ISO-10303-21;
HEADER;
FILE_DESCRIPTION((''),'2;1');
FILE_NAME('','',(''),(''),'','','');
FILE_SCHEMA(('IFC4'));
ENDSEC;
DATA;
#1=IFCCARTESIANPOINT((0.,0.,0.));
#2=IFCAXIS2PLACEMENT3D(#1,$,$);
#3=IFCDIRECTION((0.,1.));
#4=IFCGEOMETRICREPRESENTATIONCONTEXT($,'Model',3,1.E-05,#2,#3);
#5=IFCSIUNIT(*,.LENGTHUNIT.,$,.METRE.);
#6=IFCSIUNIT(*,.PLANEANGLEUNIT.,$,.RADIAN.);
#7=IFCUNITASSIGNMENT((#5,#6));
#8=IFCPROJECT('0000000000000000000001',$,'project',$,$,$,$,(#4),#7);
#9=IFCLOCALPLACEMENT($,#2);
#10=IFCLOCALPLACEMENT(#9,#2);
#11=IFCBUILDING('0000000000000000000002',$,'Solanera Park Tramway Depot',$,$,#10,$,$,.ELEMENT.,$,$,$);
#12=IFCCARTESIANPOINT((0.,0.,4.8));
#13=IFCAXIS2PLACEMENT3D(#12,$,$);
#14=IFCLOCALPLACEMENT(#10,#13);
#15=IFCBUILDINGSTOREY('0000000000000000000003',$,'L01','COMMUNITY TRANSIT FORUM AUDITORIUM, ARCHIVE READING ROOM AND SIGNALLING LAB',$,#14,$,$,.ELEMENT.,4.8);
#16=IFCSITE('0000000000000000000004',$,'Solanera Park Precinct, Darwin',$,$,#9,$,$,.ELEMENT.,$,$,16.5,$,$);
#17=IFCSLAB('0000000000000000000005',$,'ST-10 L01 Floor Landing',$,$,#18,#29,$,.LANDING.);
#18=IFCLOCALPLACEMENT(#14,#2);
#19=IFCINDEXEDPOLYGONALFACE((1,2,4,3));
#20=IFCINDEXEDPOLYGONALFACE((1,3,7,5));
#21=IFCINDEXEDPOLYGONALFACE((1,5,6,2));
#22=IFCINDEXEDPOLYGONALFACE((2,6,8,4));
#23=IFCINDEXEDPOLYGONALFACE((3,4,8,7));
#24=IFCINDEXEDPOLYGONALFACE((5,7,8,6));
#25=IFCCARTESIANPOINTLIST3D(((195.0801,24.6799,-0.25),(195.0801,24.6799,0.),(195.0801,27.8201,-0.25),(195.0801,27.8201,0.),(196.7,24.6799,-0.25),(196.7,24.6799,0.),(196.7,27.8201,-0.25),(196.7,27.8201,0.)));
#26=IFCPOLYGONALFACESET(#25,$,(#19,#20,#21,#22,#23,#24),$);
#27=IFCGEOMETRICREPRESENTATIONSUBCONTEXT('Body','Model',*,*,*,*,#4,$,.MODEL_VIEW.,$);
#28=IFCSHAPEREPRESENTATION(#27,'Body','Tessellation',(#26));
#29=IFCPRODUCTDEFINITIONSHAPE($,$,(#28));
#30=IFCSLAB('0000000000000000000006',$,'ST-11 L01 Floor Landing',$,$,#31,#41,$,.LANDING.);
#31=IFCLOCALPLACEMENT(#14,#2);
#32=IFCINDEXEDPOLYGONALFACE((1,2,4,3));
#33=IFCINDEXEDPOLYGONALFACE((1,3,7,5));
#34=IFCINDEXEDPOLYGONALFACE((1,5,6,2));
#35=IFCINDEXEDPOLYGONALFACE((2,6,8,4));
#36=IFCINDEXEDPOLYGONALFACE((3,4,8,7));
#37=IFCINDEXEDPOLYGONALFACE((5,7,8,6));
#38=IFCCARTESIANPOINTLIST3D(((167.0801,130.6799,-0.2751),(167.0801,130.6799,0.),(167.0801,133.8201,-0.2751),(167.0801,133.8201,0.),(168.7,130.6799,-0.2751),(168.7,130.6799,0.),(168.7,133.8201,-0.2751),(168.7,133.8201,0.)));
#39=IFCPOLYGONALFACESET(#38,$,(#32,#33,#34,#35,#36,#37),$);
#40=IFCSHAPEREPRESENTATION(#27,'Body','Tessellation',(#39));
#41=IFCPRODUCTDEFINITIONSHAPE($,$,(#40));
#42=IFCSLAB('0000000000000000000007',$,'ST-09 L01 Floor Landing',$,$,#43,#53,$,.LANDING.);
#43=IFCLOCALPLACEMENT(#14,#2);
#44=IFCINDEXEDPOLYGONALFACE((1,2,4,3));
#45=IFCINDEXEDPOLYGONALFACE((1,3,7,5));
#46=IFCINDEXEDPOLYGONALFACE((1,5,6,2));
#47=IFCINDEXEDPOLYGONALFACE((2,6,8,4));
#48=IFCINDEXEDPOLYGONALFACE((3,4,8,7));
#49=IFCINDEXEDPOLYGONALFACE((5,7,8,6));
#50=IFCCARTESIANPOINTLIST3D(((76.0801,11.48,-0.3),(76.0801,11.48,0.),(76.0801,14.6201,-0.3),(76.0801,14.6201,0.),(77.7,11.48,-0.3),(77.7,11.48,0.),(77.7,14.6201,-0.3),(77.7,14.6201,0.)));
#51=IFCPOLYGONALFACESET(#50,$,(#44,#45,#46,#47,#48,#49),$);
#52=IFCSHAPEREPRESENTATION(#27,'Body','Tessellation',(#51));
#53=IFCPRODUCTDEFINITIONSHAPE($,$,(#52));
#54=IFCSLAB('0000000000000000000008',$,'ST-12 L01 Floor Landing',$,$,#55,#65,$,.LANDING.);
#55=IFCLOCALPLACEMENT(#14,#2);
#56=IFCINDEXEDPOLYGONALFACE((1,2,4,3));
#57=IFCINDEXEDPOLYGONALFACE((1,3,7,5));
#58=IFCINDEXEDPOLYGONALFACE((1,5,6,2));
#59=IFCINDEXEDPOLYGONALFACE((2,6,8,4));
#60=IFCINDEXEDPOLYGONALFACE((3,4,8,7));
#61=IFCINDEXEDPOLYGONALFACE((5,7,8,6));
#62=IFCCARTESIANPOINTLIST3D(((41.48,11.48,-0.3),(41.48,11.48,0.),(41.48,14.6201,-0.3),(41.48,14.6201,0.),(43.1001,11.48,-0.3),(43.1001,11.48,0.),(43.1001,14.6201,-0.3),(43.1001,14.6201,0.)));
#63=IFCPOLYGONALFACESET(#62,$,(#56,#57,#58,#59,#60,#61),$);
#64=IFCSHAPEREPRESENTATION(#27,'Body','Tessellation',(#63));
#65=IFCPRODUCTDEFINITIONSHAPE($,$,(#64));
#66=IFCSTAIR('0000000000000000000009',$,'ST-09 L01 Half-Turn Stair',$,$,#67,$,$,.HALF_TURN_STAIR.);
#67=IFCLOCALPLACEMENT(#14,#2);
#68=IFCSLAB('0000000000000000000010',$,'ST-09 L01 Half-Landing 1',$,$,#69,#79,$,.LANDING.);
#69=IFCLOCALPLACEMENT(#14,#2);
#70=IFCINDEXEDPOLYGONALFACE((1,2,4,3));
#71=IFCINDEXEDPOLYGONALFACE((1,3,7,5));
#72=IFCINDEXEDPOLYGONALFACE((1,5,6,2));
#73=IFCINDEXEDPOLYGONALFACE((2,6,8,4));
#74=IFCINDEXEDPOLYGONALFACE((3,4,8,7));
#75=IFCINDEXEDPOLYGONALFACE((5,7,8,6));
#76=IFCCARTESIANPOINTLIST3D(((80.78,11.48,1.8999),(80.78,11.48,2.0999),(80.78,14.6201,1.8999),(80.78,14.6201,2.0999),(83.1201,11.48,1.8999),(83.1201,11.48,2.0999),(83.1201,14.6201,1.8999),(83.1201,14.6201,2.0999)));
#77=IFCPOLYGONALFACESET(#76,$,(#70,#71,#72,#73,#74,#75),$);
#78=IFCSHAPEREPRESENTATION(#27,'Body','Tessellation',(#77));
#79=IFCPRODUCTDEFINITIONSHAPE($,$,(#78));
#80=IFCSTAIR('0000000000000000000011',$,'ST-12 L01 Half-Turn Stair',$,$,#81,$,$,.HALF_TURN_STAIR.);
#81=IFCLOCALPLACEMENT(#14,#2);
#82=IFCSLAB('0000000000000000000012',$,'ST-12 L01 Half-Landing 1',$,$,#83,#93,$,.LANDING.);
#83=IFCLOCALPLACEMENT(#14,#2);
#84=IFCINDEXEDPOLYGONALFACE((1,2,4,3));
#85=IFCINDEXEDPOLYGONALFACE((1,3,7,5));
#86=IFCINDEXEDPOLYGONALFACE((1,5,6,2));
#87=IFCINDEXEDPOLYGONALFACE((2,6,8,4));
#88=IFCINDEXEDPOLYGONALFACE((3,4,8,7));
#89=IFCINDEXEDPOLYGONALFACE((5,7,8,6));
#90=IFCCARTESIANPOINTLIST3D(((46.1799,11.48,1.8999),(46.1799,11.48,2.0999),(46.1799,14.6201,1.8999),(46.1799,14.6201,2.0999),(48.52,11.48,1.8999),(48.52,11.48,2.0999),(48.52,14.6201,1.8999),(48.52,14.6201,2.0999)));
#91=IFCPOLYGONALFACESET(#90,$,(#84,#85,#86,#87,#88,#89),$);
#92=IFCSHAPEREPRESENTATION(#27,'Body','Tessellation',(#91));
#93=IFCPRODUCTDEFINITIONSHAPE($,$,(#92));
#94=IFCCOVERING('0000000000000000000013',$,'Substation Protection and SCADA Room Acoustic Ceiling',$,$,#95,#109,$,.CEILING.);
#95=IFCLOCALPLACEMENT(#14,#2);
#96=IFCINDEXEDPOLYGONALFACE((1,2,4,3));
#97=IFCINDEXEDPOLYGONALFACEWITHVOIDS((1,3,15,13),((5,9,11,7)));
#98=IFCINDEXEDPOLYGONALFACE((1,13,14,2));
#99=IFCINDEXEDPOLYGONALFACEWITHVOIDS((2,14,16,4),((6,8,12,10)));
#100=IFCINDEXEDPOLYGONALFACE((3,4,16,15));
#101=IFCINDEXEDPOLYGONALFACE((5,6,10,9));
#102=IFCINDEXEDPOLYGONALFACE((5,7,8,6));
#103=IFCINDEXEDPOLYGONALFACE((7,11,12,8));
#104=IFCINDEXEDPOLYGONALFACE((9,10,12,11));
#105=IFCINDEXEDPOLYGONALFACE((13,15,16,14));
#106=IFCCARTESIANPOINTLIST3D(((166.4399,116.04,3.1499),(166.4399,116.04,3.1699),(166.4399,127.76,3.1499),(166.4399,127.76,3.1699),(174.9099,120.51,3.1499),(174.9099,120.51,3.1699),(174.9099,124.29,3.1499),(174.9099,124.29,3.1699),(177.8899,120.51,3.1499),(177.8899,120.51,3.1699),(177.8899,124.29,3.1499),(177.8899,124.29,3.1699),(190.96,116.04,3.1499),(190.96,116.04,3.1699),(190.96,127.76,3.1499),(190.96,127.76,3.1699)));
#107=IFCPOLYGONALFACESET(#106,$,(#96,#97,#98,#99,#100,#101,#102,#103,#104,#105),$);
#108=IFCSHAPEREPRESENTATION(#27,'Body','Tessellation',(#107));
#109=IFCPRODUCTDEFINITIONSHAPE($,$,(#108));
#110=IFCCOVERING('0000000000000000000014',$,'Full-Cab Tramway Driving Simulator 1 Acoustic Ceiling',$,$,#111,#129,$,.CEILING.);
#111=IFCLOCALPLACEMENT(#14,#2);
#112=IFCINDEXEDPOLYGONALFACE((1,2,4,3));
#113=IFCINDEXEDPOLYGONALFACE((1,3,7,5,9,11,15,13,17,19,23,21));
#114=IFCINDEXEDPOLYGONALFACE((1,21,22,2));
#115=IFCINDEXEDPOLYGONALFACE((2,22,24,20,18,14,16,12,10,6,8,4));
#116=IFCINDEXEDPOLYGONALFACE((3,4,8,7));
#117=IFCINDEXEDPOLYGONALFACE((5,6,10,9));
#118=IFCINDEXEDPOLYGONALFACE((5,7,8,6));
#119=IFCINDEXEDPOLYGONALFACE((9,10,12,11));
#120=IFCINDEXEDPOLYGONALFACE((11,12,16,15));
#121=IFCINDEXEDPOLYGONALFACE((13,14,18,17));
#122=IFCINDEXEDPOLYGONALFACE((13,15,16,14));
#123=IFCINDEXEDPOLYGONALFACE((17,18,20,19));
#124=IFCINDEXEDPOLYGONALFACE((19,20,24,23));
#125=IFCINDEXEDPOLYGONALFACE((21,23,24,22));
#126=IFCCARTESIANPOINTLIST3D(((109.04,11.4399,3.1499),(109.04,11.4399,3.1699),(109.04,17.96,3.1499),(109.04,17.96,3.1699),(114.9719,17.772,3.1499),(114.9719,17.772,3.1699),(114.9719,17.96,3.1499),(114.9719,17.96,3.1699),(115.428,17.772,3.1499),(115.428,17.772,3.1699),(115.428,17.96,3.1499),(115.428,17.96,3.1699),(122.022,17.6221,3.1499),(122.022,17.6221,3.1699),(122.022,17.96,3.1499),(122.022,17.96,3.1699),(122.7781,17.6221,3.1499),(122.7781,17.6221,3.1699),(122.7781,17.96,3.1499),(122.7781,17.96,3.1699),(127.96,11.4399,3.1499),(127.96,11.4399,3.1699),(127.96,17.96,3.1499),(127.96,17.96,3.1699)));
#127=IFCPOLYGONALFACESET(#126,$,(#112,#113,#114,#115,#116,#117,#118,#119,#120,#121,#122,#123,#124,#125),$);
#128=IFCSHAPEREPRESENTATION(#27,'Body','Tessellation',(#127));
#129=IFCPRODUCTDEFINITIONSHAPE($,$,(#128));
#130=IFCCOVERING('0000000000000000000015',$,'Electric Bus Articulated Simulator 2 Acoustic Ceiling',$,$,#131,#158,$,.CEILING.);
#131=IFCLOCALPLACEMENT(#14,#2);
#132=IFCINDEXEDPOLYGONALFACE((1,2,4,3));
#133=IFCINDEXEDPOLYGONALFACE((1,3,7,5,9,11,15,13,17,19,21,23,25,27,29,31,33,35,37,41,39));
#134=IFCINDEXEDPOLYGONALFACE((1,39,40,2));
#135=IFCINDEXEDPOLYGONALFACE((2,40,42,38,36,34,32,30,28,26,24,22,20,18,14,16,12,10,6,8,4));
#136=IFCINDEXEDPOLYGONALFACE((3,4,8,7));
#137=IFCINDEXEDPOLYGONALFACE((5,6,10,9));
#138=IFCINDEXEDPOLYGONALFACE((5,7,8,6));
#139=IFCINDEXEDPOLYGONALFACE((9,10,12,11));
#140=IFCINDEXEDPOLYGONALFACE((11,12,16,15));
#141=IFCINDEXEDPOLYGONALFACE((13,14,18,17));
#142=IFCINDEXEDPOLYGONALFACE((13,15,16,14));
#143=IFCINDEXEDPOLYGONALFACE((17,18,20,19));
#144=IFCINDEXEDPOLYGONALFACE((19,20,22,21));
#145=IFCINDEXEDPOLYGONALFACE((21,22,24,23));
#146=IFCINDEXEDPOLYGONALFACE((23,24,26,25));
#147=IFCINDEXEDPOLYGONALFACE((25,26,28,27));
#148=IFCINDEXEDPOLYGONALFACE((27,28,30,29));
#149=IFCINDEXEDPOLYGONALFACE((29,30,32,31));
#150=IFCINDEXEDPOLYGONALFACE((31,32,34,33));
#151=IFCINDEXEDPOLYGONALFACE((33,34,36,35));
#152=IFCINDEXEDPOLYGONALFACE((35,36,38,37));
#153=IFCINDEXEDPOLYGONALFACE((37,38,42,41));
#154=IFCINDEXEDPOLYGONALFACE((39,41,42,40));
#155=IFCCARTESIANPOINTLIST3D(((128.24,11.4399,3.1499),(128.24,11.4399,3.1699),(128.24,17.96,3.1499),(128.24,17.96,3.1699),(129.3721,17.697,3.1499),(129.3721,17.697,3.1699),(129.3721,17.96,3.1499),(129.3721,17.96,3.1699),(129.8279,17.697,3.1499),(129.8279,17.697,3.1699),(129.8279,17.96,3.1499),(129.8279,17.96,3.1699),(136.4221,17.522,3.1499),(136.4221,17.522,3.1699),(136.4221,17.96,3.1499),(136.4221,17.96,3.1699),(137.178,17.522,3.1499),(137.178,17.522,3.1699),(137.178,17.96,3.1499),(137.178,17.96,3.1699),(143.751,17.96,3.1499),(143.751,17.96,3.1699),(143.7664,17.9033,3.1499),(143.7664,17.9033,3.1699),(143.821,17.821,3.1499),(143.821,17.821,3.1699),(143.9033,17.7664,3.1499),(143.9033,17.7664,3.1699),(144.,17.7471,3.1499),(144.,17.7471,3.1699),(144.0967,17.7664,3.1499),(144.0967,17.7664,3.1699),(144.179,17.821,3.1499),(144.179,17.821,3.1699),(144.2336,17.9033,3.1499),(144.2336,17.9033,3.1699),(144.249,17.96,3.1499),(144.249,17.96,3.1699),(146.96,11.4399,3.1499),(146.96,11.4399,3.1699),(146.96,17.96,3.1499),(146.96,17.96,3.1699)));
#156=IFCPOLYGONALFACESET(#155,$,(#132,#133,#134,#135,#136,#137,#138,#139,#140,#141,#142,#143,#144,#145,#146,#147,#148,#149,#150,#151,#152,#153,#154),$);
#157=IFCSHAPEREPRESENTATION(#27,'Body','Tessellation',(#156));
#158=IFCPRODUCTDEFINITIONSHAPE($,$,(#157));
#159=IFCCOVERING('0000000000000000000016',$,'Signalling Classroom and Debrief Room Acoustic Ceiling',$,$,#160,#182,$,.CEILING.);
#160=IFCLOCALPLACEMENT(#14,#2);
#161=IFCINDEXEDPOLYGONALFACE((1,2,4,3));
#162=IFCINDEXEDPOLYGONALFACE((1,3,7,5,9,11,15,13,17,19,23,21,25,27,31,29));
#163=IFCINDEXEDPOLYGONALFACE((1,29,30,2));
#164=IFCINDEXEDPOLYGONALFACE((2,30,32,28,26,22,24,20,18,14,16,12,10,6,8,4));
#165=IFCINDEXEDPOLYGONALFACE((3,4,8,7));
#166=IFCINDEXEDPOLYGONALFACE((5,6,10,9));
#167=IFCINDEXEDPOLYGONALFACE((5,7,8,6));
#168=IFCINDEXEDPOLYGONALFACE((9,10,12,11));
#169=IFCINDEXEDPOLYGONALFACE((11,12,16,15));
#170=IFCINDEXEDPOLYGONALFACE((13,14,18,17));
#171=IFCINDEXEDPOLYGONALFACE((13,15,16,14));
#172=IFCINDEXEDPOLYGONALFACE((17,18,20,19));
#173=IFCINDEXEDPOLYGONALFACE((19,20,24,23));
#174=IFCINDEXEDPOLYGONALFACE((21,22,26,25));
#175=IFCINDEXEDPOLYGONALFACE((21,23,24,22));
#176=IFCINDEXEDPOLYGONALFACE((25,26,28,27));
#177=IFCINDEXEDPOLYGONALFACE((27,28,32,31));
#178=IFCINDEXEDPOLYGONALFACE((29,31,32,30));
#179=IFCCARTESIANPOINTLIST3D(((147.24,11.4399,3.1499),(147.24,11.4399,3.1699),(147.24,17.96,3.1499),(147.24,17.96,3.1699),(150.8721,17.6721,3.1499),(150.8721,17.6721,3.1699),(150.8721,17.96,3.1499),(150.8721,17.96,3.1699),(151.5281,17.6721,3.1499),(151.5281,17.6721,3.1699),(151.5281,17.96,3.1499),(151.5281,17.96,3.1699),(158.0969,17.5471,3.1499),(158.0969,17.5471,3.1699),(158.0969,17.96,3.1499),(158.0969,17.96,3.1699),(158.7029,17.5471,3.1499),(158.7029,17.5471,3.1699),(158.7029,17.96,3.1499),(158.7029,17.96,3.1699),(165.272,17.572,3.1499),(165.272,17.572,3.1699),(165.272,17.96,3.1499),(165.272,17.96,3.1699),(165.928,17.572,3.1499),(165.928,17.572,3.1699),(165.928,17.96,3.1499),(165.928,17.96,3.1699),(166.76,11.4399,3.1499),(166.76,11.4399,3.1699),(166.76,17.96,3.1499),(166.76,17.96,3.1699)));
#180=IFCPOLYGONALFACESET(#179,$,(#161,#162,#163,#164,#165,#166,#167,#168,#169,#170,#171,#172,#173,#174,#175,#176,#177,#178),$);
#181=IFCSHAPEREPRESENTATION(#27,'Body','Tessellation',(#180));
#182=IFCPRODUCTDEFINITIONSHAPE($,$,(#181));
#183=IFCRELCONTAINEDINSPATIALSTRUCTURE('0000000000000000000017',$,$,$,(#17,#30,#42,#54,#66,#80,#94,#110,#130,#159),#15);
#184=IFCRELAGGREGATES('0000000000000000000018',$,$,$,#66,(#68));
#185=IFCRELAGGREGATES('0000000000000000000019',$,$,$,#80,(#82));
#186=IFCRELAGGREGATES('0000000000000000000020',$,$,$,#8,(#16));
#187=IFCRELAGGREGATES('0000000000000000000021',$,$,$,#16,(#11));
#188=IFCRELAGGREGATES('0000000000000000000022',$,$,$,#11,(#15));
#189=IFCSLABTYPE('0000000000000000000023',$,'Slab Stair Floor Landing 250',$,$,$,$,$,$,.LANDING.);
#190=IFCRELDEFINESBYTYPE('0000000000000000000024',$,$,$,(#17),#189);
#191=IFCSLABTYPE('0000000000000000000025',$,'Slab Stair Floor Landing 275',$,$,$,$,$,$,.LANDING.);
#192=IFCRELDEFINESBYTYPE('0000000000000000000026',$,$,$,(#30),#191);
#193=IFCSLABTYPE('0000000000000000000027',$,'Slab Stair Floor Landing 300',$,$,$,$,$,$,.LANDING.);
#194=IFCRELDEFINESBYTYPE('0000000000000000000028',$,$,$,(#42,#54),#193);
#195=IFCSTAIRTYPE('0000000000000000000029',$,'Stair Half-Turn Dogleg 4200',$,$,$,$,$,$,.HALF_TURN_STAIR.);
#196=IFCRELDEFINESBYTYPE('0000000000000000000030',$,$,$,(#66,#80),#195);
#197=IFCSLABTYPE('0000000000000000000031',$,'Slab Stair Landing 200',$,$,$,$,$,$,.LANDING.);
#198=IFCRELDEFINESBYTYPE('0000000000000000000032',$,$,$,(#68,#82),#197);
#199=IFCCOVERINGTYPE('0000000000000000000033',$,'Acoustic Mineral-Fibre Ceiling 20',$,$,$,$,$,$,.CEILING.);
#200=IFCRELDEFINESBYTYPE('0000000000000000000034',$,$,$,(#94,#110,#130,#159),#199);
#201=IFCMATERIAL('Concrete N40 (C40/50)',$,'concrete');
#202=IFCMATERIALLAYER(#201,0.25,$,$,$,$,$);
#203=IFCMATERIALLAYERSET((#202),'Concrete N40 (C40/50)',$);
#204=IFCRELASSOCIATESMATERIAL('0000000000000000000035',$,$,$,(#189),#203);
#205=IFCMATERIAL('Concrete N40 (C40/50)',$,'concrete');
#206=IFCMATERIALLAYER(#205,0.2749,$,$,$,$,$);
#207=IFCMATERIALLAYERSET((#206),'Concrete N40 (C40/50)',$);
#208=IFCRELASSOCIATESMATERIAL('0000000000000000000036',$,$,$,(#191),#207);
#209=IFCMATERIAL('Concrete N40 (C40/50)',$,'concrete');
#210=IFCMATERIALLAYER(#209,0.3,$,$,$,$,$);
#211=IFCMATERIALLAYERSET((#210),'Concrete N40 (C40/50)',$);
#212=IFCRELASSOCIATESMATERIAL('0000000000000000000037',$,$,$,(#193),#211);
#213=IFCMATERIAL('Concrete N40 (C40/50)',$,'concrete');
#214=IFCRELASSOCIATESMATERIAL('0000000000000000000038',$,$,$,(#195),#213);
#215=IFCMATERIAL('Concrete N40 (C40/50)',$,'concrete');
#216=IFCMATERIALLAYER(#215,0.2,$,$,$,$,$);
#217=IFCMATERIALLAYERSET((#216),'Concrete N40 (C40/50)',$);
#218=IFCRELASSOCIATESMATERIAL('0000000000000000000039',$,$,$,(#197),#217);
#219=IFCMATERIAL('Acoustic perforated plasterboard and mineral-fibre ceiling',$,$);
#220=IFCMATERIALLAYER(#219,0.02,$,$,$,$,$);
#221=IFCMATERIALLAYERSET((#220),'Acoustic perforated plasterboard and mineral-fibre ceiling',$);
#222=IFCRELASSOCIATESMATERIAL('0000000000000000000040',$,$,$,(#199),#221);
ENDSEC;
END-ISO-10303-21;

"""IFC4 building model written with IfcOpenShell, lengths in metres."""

from ifc_helpers import new_model, si_unit, direction, frame, origin, place, context, subcontext, project, spatial, polyline, outline, extrude, material, layer, layer_set, type_object, element, aggregate, save


model = new_model("IFC4")

# Units and contexts
model_context = context("Model", 3, precision=1e-05, world=origin(), true_north=direction((0.0, 1.0)))
body_context = subcontext(model_context, "Body", "Model", "MODEL_VIEW")
ifc_project = project(units=[si_unit("LENGTHUNIT", "METRE"), si_unit("PLANEANGLEUNIT", "RADIAN")], contexts=[model_context])

# Site, building, storey
site_placement = place(None, origin())
site = spatial("IfcSite", under=ifc_project, at=site_placement, Name="Solanera Park Precinct, Darwin", CompositionType="ELEMENT", RefElevation=16.5)
building_placement = place(site_placement, origin())
building = spatial("IfcBuilding", under=site, at=building_placement, Name="Solanera Park Tramway Depot", CompositionType="ELEMENT")
storey_placement = place(building_placement, frame((0.0, 0.0, 4.8)))
storey = spatial("IfcBuildingStorey", under=building, at=storey_placement, Name="L01", Description="COMMUNITY TRANSIT FORUM AUDITORIUM, ARCHIVE READING ROOM AND SIGNALLING LAB", CompositionType="ELEMENT", Elevation=4.8)

# Slabs
ifc_material_1 = material(Name="Concrete N40 (C40/50)", Category="concrete")
ifc_layer_1 = layer(ifc_material_1, 0.25)
ifc_layer_set_1 = layer_set([ifc_layer_1], Name="Concrete N40 (C40/50)")
slab_type_1 = type_object("IfcSlabType", Name="Slab Stair Floor Landing 250", PredefinedType="LANDING", material=ifc_layer_set_1)
slab_1_placement = place(storey_placement, frame((0.0, 0.0, -0.25)))
element("IfcSlab", 1, at=slab_1_placement, inside=storey, type_object=slab_type_1, Name="ST-10 L01 Floor Landing", PredefinedType="LANDING", context=body_context, shape_type="SweptSolid", body=[
    extrude(outline(polyline([(195.0801, 24.6799), (196.7, 24.6799), (196.7, 27.8201), (195.0801, 27.8201), (195.0801, 24.6799)])), origin(), (0.0, 0.0, 1.0), 0.25),
])
ifc_material_2 = material(Name="Concrete N40 (C40/50)", Category="concrete")
ifc_layer_2 = layer(ifc_material_2, 0.2749)
ifc_layer_set_2 = layer_set([ifc_layer_2], Name="Concrete N40 (C40/50)")
slab_type_2 = type_object("IfcSlabType", Name="Slab Stair Floor Landing 275", PredefinedType="LANDING", material=ifc_layer_set_2)
slab_2_placement = place(storey_placement, frame((0.0, 0.0, -0.2751)))
element("IfcSlab", 2, at=slab_2_placement, inside=storey, type_object=slab_type_2, Name="ST-11 L01 Floor Landing", PredefinedType="LANDING", context=body_context, shape_type="SweptSolid", body=[
    extrude(outline(polyline([(167.0801, 130.6799), (168.7, 130.6799), (168.7, 133.8201), (167.0801, 133.8201), (167.0801, 130.6799)])), origin(), (0.0, 0.0, 1.0), 0.2751),
])
ifc_material_3 = material(Name="Concrete N40 (C40/50)", Category="concrete")
ifc_layer_3 = layer(ifc_material_3, 0.3)
ifc_layer_set_3 = layer_set([ifc_layer_3], Name="Concrete N40 (C40/50)")
slab_type_3 = type_object("IfcSlabType", Name="Slab Stair Floor Landing 300", PredefinedType="LANDING", material=ifc_layer_set_3)
slab_3_placement = place(storey_placement, frame((0.0, 0.0, -0.3)))
element("IfcSlab", 3, at=slab_3_placement, inside=storey, type_object=slab_type_3, Name="ST-09 L01 Floor Landing", PredefinedType="LANDING", context=body_context, shape_type="SweptSolid", body=[
    extrude(outline(polyline([(76.0801, 11.48), (77.7, 11.48), (77.7, 14.6201), (76.0801, 14.6201), (76.0801, 11.48)])), origin(), (0.0, 0.0, 1.0), 0.3),
])
slab_4_placement = place(storey_placement, frame((0.0, 0.0, -0.3)))
element("IfcSlab", 4, at=slab_4_placement, inside=storey, type_object=slab_type_3, Name="ST-12 L01 Floor Landing", PredefinedType="LANDING", context=body_context, shape_type="SweptSolid", body=[
    extrude(outline(polyline([(41.48, 11.48), (43.1001, 11.48), (43.1001, 14.6201), (41.48, 14.6201), (41.48, 11.48)])), origin(), (0.0, 0.0, 1.0), 0.3),
])

# Stairs, slabs
ifc_material_4 = material(Name="Concrete N40 (C40/50)", Category="concrete")
stair_type = type_object("IfcStairType", Name="Stair Half-Turn Dogleg 4200", PredefinedType="HALF_TURN_STAIR", material=ifc_material_4)
stair_1_placement = place(storey_placement, origin())
stair_1 = element("IfcStair", 5, at=stair_1_placement, inside=storey, type_object=stair_type, Name="ST-09 L01 Half-Turn Stair", PredefinedType="HALF_TURN_STAIR")
ifc_material_5 = material(Name="Concrete N40 (C40/50)", Category="concrete")
ifc_layer_4 = layer(ifc_material_5, 0.2)
ifc_layer_set_4 = layer_set([ifc_layer_4], Name="Concrete N40 (C40/50)")
slab_type_4 = type_object("IfcSlabType", Name="Slab Stair Landing 200", PredefinedType="LANDING", material=ifc_layer_set_4)
slab_5_placement = place(storey_placement, frame((0.0, 0.0, 1.8999)))
slab_5 = element("IfcSlab", 6, at=slab_5_placement, type_object=slab_type_4, Name="ST-09 L01 Half-Landing 1", PredefinedType="LANDING", context=body_context, shape_type="SweptSolid", body=[
    extrude(outline(polyline([(80.78, 11.48), (83.1201, 11.48), (83.1201, 14.6201), (80.78, 14.6201), (80.78, 11.48)])), origin(), (0.0, 0.0, 1.0), 0.2),
])
aggregate(stair_1, [slab_5])
stair_2_placement = place(storey_placement, origin())
stair_2 = element("IfcStair", 7, at=stair_2_placement, inside=storey, type_object=stair_type, Name="ST-12 L01 Half-Turn Stair", PredefinedType="HALF_TURN_STAIR")
slab_6_placement = place(storey_placement, frame((0.0, 0.0, 1.8999)))
slab_6 = element("IfcSlab", 8, at=slab_6_placement, type_object=slab_type_4, Name="ST-12 L01 Half-Landing 1", PredefinedType="LANDING", context=body_context, shape_type="SweptSolid", body=[
    extrude(outline(polyline([(46.1799, 11.48), (48.52, 11.48), (48.52, 14.6201), (46.1799, 14.6201), (46.1799, 11.48)])), origin(), (0.0, 0.0, 1.0), 0.2),
])
aggregate(stair_2, [slab_6])

# Coverings
ifc_material_6 = material(Name="Acoustic perforated plasterboard and mineral-fibre ceiling")
ifc_layer_5 = layer(ifc_material_6, 0.02)
ifc_layer_set_5 = layer_set([ifc_layer_5], Name="Acoustic perforated plasterboard and mineral-fibre ceiling")
covering_type_1 = type_object("IfcCoveringType", Name="Acoustic Mineral-Fibre Ceiling 20", PredefinedType="CEILING", material=ifc_layer_set_5)
covering_1_placement = place(storey_placement, frame((0.0, 0.0, 3.1499)))
element("IfcCovering", 9, at=covering_1_placement, inside=storey, type_object=covering_type_1, Name="Substation Protection and SCADA Room Acoustic Ceiling", PredefinedType="CEILING", context=body_context, shape_type="SweptSolid", body=[
    extrude(outline(polyline([(166.4399, 116.04), (166.4399, 127.76), (190.96, 127.76), (190.96, 116.04), (166.4399, 116.04)]), holes=[polyline([(177.8899, 124.29), (174.9099, 124.29), (174.9099, 120.51), (177.8899, 120.51), (177.8899, 124.29)])]), origin(), (0.0, 0.0, 1.0), 0.02),
])
covering_2_placement = place(storey_placement, frame((0.0, 0.0, 3.1499)))
element("IfcCovering", 10, at=covering_2_placement, inside=storey, type_object=covering_type_1, Name="Full-Cab Tramway Driving Simulator 1 Acoustic Ceiling", PredefinedType="CEILING", context=body_context, shape_type="SweptSolid", body=[
    extrude(outline(polyline([(109.04, 17.96), (114.9719, 17.96), (114.9719, 17.772), (115.428, 17.772), (115.428, 17.96), (122.022, 17.96), (122.022, 17.6221), (122.7781, 17.6221), (122.7781, 17.96), (127.96, 17.96), (127.96, 11.4399), (109.04, 11.4399), (109.04, 17.96)])), origin(), (0.0, 0.0, 1.0), 0.02),
])
covering_3_placement = place(storey_placement, frame((0.0, 0.0, 3.1499)))
element("IfcCovering", 11, at=covering_3_placement, inside=storey, type_object=covering_type_1, Name="Electric Bus Articulated Simulator 2 Acoustic Ceiling", PredefinedType="CEILING", context=body_context, shape_type="SweptSolid", body=[
    extrude(outline(polyline([(129.3721, 17.96), (129.3721, 17.697), (129.8279, 17.697), (129.8279, 17.96), (136.4221, 17.96), (136.4221, 17.522), (137.178, 17.522), (137.178, 17.96), (143.751, 17.96), (143.7664, 17.9033), (143.821, 17.821), (143.9033, 17.7664), (144.0, 17.7471), (144.0967, 17.7664), (144.179, 17.821), (144.2336, 17.9033), (144.249, 17.96), (146.96, 17.96), (146.96, 11.4399), (128.24, 11.4399), (128.24, 17.96), (129.3721, 17.96)])), origin(), (0.0, 0.0, 1.0), 0.02),
])
covering_4_placement = place(storey_placement, frame((0.0, 0.0, 3.1499)))
element("IfcCovering", 12, at=covering_4_placement, inside=storey, type_object=covering_type_1, Name="Signalling Classroom and Debrief Room Acoustic Ceiling", PredefinedType="CEILING", context=body_context, shape_type="SweptSolid", body=[
    extrude(outline(polyline([(150.8721, 17.96), (150.8721, 17.6721), (151.5281, 17.6721), (151.5281, 17.96), (158.0969, 17.96), (158.0969, 17.5471), (158.7029, 17.5471), (158.7029, 17.96), (165.272, 17.96), (165.272, 17.572), (165.928, 17.572), (165.928, 17.96), (166.76, 17.96), (166.76, 11.4399), (147.24, 11.4399), (147.24, 17.96), (150.8721, 17.96)])), origin(), (0.0, 0.0, 1.0), 0.02),
])

save(model, "model.ifc")
